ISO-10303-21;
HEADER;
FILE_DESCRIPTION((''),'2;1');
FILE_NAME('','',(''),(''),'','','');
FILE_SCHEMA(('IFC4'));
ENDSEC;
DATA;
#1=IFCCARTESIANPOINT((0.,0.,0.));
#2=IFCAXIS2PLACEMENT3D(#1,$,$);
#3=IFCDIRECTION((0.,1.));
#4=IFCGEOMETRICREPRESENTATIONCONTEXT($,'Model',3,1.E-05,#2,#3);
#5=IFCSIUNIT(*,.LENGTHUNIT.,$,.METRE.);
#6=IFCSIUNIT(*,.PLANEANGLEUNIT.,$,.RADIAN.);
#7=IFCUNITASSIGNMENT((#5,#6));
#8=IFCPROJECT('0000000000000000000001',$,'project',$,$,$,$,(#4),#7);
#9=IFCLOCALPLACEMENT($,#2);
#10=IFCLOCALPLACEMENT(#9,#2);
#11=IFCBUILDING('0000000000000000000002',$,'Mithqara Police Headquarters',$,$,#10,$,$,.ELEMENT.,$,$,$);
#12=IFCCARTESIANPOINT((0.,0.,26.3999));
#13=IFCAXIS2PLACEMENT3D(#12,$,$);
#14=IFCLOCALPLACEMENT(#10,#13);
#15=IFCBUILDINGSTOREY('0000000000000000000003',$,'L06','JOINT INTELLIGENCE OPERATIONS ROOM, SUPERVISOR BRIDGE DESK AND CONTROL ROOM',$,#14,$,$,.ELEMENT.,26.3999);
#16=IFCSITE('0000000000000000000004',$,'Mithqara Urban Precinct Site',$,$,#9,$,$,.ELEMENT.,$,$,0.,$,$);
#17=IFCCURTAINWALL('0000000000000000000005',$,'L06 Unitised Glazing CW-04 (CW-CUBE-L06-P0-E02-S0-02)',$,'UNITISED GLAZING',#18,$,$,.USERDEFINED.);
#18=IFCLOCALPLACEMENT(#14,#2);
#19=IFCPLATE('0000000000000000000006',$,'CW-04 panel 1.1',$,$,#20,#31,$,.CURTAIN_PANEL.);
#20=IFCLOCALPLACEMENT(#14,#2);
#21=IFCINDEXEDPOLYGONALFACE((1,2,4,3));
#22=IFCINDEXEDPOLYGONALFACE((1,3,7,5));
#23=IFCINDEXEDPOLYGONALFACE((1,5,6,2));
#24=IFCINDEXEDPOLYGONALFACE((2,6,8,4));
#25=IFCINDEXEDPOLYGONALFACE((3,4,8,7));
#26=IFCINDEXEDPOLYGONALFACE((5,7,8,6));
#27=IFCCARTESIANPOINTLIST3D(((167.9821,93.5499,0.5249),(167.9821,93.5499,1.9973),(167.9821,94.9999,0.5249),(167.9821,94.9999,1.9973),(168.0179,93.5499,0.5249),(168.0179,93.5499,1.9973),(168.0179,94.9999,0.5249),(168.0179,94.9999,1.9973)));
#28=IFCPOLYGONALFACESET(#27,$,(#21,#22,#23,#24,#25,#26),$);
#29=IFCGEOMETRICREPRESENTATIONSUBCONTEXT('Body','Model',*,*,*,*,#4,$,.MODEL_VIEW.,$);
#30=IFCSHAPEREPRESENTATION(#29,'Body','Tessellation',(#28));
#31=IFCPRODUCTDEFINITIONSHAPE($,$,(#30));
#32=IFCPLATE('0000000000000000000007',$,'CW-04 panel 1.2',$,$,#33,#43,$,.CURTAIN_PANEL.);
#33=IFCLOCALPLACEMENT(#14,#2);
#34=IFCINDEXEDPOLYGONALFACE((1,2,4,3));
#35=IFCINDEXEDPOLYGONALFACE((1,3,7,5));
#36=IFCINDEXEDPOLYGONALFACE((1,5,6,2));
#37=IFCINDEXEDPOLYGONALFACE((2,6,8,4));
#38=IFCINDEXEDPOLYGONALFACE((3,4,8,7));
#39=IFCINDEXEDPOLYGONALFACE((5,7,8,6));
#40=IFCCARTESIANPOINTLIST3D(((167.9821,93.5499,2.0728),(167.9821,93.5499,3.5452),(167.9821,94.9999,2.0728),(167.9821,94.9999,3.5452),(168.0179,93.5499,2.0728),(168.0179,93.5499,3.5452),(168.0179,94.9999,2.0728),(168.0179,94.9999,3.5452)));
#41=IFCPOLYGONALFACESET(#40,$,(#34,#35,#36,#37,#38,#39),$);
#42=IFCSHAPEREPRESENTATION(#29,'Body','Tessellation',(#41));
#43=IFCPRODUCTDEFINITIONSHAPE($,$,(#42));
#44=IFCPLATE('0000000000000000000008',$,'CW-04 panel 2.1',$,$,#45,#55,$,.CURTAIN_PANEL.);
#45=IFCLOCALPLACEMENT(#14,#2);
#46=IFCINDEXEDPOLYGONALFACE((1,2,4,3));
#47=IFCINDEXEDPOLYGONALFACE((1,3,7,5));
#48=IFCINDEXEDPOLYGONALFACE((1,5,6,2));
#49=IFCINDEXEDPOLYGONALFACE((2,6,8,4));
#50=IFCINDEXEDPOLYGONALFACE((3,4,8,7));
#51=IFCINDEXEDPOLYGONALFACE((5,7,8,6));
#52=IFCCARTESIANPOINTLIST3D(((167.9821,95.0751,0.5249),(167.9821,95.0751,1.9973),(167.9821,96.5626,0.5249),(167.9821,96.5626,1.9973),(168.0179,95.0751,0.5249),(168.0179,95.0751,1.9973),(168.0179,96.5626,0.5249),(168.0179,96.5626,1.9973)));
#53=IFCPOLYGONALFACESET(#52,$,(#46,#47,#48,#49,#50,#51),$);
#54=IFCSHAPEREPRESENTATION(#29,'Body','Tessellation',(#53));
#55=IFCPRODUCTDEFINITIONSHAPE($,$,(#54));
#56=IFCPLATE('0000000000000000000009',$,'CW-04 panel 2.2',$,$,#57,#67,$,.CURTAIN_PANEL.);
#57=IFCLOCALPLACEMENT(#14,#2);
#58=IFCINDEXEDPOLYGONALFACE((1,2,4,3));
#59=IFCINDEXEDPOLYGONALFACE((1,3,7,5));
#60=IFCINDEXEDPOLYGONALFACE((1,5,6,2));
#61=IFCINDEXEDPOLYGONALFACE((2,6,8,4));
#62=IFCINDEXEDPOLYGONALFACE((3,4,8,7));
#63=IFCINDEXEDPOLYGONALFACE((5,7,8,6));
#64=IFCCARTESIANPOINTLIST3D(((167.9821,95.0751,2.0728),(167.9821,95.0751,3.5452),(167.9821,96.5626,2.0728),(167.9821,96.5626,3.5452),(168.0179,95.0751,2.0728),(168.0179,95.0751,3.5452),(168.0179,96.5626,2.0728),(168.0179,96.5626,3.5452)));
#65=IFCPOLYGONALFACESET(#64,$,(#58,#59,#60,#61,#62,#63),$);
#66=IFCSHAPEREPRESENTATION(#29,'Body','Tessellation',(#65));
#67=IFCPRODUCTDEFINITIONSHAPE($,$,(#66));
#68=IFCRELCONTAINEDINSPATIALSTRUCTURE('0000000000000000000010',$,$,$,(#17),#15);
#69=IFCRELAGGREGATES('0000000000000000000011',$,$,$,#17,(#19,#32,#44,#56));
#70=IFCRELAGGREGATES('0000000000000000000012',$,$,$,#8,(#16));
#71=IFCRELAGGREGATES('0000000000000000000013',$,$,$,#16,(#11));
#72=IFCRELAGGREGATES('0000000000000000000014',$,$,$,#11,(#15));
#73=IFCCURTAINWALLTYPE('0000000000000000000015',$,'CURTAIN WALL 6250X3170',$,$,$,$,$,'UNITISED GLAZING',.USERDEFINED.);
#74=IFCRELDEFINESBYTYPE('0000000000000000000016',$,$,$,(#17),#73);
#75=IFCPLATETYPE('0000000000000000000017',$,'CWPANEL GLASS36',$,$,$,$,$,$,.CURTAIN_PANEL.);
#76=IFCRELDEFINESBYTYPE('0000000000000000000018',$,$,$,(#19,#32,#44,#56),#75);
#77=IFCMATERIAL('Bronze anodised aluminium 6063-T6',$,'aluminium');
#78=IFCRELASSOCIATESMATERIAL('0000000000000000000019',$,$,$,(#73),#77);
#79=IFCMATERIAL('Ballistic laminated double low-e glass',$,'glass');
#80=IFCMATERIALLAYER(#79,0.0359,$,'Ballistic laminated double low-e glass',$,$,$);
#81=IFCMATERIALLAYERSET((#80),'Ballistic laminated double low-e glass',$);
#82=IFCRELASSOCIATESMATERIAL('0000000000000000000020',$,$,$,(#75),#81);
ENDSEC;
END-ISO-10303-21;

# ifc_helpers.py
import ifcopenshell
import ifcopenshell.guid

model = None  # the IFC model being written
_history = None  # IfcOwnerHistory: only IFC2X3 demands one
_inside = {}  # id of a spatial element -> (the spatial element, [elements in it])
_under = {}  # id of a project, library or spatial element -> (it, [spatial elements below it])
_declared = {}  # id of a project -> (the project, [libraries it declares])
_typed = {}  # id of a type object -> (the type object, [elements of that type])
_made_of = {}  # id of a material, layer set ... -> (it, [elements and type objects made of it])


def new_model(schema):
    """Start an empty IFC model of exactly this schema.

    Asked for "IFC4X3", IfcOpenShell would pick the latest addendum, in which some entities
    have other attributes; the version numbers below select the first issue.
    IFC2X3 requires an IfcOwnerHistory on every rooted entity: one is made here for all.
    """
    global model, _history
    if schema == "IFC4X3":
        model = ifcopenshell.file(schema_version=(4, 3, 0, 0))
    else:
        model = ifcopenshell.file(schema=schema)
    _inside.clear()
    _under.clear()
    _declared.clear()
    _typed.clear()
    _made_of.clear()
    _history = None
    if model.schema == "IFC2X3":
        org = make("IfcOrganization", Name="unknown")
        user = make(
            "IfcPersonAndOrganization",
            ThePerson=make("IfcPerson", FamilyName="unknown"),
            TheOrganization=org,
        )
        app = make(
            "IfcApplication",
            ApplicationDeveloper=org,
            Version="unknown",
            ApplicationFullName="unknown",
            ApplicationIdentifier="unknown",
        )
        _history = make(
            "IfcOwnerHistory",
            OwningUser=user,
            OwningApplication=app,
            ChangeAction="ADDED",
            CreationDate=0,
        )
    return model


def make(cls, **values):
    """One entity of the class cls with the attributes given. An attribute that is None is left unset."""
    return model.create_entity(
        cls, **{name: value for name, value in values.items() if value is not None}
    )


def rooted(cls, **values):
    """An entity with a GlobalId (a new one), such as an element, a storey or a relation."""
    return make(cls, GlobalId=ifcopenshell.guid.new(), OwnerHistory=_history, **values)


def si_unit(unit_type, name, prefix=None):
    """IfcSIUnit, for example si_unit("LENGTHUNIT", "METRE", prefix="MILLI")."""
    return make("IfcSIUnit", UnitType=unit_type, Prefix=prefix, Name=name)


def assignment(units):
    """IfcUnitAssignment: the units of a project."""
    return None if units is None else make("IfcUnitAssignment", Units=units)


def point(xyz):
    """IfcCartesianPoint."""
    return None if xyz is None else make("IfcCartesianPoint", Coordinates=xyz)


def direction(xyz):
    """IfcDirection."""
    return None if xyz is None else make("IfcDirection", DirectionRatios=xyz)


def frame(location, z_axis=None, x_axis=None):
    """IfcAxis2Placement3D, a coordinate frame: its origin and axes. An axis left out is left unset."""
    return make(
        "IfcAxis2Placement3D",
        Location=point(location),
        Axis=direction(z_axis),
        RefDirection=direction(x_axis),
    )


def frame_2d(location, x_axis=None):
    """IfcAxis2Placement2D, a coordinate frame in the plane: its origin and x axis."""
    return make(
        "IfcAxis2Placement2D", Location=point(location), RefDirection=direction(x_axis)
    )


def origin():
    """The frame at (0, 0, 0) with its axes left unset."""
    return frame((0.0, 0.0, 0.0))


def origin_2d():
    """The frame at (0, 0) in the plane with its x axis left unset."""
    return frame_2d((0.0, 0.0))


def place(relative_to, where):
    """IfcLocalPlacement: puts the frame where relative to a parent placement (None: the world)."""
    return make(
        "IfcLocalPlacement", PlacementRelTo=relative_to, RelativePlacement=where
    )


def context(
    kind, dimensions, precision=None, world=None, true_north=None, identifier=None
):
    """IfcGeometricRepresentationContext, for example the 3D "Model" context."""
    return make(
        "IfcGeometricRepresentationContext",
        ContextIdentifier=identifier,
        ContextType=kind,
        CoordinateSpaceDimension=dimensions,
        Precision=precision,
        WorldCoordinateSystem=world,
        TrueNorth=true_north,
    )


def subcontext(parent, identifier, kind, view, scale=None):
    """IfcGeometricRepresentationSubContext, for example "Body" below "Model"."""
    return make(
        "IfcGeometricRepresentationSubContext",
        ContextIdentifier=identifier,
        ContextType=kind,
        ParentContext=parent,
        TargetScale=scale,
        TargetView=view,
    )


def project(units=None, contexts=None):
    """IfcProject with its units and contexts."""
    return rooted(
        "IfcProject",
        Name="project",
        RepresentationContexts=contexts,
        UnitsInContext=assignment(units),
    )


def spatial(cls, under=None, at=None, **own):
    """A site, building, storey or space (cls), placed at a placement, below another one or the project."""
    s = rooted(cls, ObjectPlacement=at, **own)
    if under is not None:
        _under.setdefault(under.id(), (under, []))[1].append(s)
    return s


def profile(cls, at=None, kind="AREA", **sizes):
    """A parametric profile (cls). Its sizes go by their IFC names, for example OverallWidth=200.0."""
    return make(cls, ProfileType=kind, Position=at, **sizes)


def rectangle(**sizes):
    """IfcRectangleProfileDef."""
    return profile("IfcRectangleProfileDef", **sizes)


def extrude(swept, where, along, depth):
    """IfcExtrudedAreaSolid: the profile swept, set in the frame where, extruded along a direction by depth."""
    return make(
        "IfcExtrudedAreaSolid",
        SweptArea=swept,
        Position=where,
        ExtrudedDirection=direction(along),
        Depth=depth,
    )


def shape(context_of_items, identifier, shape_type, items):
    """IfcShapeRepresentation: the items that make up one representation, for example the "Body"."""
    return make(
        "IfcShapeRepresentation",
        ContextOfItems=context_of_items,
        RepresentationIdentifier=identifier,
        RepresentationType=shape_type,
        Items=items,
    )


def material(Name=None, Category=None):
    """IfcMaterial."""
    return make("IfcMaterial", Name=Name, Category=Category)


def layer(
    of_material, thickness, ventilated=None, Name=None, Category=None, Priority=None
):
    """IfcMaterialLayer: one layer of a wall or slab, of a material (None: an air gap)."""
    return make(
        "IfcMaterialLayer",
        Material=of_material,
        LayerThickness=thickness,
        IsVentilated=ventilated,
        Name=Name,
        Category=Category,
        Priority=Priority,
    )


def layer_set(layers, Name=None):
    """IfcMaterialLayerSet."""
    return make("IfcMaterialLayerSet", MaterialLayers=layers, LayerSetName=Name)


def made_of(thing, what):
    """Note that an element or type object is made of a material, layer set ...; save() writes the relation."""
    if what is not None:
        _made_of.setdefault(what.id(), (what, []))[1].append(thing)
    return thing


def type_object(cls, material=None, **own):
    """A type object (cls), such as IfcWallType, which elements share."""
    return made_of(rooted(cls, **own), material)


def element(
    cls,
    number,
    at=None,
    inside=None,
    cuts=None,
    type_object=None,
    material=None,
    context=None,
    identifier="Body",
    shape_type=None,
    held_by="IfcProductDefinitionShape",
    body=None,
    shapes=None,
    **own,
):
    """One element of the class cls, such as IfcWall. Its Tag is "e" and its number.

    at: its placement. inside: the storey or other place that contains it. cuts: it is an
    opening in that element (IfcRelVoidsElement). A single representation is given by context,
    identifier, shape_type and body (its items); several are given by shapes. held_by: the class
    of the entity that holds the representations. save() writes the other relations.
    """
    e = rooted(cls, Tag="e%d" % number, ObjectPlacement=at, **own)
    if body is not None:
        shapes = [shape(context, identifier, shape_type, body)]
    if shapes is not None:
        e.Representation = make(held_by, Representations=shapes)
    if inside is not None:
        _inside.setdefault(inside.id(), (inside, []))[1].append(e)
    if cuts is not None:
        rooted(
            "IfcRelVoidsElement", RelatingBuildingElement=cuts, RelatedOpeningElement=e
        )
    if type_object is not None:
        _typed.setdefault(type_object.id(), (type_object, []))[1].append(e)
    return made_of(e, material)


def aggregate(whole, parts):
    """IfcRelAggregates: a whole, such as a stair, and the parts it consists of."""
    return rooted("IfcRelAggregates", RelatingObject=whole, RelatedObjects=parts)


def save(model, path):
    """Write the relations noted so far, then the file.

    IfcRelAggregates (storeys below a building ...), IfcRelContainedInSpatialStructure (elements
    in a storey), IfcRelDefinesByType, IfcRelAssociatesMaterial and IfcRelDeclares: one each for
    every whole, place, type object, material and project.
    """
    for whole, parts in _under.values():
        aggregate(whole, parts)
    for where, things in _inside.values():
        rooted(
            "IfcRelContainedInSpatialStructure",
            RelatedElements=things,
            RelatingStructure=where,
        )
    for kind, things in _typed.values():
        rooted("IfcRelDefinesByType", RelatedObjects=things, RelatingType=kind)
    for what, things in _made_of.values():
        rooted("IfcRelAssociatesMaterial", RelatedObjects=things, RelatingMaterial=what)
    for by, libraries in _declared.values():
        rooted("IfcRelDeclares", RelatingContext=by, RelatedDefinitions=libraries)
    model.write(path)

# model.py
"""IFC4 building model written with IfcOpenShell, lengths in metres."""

from ifc_helpers import new_model, si_unit, direction, frame, origin, origin_2d, place, context, subcontext, project, spatial, rectangle, extrude, material, layer, layer_set, type_object, element, aggregate, save


model = new_model("IFC4")

# Units and contexts
model_context = context("Model", 3, precision=1e-05, world=origin(), true_north=direction((0.0, 1.0)))
body_context = subcontext(model_context, "Body", "Model", "MODEL_VIEW")
ifc_project = project(units=[si_unit("LENGTHUNIT", "METRE"), si_unit("PLANEANGLEUNIT", "RADIAN")], contexts=[model_context])

# Site, building, storey
site_placement = place(None, origin())
site = spatial("IfcSite", under=ifc_project, at=site_placement, Name="Mithqara Urban Precinct Site", CompositionType="ELEMENT", RefElevation=0.0)
building_placement = place(site_placement, origin())
building = spatial("IfcBuilding", under=site, at=building_placement, Name="Mithqara Police Headquarters", CompositionType="ELEMENT")
storey_placement = place(building_placement, frame((0.0, 0.0, 26.3999)))
storey = spatial("IfcBuildingStorey", under=building, at=storey_placement, Name="L06", Description="JOINT INTELLIGENCE OPERATIONS ROOM, SUPERVISOR BRIDGE DESK AND CONTROL ROOM", CompositionType="ELEMENT", Elevation=26.3999)

# Curtain wall
ifc_material_1 = material(Name="Bronze anodised aluminium 6063-T6", Category="aluminium")
curtain_wall_type = type_object("IfcCurtainWallType", Name="CURTAIN WALL 6250X3170", ElementType="UNITISED GLAZING", PredefinedType="USERDEFINED", material=ifc_material_1)
curtain_wall_1_placement = place(storey_placement, origin())
curtain_wall_1 = element("IfcCurtainWall", 1, at=curtain_wall_1_placement, inside=storey, type_object=curtain_wall_type, Name="L06 Unitised Glazing CW-04 (CW-CUBE-L06-P0-E02-S0-02)", ObjectType="UNITISED GLAZING", PredefinedType="USERDEFINED")

# Plates
ifc_material_2 = material(Name="Ballistic laminated double low-e glass", Category="glass")
ifc_layer = layer(ifc_material_2, 0.0359, Name="Ballistic laminated double low-e glass")
ifc_layer_set = layer_set([ifc_layer], Name="Ballistic laminated double low-e glass")
plate_type = type_object("IfcPlateType", Name="CWPANEL GLASS36", PredefinedType="CURTAIN_PANEL", material=ifc_layer_set)
plate_1_placement = place(storey_placement, frame((168.0, 94.2749, 0.5249), z_axis=(0.0, 0.0, 1.0), x_axis=(0.0, 1.0, 0.0)))
plate_1 = element("IfcPlate", 2, at=plate_1_placement, type_object=plate_type, Name="CW-04 panel 1.1", PredefinedType="CURTAIN_PANEL", context=body_context, shape_type="SweptSolid", body=[
    extrude(rectangle(XDim=1.45, YDim=0.0359, at=origin_2d()), origin(), (0.0, 0.0, 1.0), 1.4724),
])
plate_2_placement = place(storey_placement, frame((168.0, 94.2749, 2.0728), z_axis=(0.0, 0.0, 1.0), x_axis=(0.0, 1.0, 0.0)))
plate_2 = element("IfcPlate", 3, at=plate_2_placement, type_object=plate_type, Name="CW-04 panel 1.2", PredefinedType="CURTAIN_PANEL", context=body_context, shape_type="SweptSolid", body=[
    extrude(rectangle(XDim=1.45, YDim=0.0359, at=origin_2d()), origin(), (0.0, 0.0, 1.0), 1.4724),
])
plate_3_placement = place(storey_placement, frame((168.0, 95.8188, 0.5249), z_axis=(0.0, 0.0, 1.0), x_axis=(0.0, 1.0, 0.0)))
plate_3 = element("IfcPlate", 4, at=plate_3_placement, type_object=plate_type, Name="CW-04 panel 2.1", PredefinedType="CURTAIN_PANEL", context=body_context, shape_type="SweptSolid", body=[
    extrude(rectangle(XDim=1.4875, YDim=0.0359, at=origin_2d()), origin(), (0.0, 0.0, 1.0), 1.4724),
])
plate_4_placement = place(storey_placement, frame((168.0, 95.8188, 2.0728), z_axis=(0.0, 0.0, 1.0), x_axis=(0.0, 1.0, 0.0)))
plate_4 = element("IfcPlate", 5, at=plate_4_placement, type_object=plate_type, Name="CW-04 panel 2.2", PredefinedType="CURTAIN_PANEL", context=body_context, shape_type="SweptSolid", body=[
    extrude(rectangle(XDim=1.4875, YDim=0.0359, at=origin_2d()), origin(), (0.0, 0.0, 1.0), 1.4724),
])
aggregate(curtain_wall_1, [plate_1, plate_2, plate_3, plate_4])

save(model, "model.ifc")
